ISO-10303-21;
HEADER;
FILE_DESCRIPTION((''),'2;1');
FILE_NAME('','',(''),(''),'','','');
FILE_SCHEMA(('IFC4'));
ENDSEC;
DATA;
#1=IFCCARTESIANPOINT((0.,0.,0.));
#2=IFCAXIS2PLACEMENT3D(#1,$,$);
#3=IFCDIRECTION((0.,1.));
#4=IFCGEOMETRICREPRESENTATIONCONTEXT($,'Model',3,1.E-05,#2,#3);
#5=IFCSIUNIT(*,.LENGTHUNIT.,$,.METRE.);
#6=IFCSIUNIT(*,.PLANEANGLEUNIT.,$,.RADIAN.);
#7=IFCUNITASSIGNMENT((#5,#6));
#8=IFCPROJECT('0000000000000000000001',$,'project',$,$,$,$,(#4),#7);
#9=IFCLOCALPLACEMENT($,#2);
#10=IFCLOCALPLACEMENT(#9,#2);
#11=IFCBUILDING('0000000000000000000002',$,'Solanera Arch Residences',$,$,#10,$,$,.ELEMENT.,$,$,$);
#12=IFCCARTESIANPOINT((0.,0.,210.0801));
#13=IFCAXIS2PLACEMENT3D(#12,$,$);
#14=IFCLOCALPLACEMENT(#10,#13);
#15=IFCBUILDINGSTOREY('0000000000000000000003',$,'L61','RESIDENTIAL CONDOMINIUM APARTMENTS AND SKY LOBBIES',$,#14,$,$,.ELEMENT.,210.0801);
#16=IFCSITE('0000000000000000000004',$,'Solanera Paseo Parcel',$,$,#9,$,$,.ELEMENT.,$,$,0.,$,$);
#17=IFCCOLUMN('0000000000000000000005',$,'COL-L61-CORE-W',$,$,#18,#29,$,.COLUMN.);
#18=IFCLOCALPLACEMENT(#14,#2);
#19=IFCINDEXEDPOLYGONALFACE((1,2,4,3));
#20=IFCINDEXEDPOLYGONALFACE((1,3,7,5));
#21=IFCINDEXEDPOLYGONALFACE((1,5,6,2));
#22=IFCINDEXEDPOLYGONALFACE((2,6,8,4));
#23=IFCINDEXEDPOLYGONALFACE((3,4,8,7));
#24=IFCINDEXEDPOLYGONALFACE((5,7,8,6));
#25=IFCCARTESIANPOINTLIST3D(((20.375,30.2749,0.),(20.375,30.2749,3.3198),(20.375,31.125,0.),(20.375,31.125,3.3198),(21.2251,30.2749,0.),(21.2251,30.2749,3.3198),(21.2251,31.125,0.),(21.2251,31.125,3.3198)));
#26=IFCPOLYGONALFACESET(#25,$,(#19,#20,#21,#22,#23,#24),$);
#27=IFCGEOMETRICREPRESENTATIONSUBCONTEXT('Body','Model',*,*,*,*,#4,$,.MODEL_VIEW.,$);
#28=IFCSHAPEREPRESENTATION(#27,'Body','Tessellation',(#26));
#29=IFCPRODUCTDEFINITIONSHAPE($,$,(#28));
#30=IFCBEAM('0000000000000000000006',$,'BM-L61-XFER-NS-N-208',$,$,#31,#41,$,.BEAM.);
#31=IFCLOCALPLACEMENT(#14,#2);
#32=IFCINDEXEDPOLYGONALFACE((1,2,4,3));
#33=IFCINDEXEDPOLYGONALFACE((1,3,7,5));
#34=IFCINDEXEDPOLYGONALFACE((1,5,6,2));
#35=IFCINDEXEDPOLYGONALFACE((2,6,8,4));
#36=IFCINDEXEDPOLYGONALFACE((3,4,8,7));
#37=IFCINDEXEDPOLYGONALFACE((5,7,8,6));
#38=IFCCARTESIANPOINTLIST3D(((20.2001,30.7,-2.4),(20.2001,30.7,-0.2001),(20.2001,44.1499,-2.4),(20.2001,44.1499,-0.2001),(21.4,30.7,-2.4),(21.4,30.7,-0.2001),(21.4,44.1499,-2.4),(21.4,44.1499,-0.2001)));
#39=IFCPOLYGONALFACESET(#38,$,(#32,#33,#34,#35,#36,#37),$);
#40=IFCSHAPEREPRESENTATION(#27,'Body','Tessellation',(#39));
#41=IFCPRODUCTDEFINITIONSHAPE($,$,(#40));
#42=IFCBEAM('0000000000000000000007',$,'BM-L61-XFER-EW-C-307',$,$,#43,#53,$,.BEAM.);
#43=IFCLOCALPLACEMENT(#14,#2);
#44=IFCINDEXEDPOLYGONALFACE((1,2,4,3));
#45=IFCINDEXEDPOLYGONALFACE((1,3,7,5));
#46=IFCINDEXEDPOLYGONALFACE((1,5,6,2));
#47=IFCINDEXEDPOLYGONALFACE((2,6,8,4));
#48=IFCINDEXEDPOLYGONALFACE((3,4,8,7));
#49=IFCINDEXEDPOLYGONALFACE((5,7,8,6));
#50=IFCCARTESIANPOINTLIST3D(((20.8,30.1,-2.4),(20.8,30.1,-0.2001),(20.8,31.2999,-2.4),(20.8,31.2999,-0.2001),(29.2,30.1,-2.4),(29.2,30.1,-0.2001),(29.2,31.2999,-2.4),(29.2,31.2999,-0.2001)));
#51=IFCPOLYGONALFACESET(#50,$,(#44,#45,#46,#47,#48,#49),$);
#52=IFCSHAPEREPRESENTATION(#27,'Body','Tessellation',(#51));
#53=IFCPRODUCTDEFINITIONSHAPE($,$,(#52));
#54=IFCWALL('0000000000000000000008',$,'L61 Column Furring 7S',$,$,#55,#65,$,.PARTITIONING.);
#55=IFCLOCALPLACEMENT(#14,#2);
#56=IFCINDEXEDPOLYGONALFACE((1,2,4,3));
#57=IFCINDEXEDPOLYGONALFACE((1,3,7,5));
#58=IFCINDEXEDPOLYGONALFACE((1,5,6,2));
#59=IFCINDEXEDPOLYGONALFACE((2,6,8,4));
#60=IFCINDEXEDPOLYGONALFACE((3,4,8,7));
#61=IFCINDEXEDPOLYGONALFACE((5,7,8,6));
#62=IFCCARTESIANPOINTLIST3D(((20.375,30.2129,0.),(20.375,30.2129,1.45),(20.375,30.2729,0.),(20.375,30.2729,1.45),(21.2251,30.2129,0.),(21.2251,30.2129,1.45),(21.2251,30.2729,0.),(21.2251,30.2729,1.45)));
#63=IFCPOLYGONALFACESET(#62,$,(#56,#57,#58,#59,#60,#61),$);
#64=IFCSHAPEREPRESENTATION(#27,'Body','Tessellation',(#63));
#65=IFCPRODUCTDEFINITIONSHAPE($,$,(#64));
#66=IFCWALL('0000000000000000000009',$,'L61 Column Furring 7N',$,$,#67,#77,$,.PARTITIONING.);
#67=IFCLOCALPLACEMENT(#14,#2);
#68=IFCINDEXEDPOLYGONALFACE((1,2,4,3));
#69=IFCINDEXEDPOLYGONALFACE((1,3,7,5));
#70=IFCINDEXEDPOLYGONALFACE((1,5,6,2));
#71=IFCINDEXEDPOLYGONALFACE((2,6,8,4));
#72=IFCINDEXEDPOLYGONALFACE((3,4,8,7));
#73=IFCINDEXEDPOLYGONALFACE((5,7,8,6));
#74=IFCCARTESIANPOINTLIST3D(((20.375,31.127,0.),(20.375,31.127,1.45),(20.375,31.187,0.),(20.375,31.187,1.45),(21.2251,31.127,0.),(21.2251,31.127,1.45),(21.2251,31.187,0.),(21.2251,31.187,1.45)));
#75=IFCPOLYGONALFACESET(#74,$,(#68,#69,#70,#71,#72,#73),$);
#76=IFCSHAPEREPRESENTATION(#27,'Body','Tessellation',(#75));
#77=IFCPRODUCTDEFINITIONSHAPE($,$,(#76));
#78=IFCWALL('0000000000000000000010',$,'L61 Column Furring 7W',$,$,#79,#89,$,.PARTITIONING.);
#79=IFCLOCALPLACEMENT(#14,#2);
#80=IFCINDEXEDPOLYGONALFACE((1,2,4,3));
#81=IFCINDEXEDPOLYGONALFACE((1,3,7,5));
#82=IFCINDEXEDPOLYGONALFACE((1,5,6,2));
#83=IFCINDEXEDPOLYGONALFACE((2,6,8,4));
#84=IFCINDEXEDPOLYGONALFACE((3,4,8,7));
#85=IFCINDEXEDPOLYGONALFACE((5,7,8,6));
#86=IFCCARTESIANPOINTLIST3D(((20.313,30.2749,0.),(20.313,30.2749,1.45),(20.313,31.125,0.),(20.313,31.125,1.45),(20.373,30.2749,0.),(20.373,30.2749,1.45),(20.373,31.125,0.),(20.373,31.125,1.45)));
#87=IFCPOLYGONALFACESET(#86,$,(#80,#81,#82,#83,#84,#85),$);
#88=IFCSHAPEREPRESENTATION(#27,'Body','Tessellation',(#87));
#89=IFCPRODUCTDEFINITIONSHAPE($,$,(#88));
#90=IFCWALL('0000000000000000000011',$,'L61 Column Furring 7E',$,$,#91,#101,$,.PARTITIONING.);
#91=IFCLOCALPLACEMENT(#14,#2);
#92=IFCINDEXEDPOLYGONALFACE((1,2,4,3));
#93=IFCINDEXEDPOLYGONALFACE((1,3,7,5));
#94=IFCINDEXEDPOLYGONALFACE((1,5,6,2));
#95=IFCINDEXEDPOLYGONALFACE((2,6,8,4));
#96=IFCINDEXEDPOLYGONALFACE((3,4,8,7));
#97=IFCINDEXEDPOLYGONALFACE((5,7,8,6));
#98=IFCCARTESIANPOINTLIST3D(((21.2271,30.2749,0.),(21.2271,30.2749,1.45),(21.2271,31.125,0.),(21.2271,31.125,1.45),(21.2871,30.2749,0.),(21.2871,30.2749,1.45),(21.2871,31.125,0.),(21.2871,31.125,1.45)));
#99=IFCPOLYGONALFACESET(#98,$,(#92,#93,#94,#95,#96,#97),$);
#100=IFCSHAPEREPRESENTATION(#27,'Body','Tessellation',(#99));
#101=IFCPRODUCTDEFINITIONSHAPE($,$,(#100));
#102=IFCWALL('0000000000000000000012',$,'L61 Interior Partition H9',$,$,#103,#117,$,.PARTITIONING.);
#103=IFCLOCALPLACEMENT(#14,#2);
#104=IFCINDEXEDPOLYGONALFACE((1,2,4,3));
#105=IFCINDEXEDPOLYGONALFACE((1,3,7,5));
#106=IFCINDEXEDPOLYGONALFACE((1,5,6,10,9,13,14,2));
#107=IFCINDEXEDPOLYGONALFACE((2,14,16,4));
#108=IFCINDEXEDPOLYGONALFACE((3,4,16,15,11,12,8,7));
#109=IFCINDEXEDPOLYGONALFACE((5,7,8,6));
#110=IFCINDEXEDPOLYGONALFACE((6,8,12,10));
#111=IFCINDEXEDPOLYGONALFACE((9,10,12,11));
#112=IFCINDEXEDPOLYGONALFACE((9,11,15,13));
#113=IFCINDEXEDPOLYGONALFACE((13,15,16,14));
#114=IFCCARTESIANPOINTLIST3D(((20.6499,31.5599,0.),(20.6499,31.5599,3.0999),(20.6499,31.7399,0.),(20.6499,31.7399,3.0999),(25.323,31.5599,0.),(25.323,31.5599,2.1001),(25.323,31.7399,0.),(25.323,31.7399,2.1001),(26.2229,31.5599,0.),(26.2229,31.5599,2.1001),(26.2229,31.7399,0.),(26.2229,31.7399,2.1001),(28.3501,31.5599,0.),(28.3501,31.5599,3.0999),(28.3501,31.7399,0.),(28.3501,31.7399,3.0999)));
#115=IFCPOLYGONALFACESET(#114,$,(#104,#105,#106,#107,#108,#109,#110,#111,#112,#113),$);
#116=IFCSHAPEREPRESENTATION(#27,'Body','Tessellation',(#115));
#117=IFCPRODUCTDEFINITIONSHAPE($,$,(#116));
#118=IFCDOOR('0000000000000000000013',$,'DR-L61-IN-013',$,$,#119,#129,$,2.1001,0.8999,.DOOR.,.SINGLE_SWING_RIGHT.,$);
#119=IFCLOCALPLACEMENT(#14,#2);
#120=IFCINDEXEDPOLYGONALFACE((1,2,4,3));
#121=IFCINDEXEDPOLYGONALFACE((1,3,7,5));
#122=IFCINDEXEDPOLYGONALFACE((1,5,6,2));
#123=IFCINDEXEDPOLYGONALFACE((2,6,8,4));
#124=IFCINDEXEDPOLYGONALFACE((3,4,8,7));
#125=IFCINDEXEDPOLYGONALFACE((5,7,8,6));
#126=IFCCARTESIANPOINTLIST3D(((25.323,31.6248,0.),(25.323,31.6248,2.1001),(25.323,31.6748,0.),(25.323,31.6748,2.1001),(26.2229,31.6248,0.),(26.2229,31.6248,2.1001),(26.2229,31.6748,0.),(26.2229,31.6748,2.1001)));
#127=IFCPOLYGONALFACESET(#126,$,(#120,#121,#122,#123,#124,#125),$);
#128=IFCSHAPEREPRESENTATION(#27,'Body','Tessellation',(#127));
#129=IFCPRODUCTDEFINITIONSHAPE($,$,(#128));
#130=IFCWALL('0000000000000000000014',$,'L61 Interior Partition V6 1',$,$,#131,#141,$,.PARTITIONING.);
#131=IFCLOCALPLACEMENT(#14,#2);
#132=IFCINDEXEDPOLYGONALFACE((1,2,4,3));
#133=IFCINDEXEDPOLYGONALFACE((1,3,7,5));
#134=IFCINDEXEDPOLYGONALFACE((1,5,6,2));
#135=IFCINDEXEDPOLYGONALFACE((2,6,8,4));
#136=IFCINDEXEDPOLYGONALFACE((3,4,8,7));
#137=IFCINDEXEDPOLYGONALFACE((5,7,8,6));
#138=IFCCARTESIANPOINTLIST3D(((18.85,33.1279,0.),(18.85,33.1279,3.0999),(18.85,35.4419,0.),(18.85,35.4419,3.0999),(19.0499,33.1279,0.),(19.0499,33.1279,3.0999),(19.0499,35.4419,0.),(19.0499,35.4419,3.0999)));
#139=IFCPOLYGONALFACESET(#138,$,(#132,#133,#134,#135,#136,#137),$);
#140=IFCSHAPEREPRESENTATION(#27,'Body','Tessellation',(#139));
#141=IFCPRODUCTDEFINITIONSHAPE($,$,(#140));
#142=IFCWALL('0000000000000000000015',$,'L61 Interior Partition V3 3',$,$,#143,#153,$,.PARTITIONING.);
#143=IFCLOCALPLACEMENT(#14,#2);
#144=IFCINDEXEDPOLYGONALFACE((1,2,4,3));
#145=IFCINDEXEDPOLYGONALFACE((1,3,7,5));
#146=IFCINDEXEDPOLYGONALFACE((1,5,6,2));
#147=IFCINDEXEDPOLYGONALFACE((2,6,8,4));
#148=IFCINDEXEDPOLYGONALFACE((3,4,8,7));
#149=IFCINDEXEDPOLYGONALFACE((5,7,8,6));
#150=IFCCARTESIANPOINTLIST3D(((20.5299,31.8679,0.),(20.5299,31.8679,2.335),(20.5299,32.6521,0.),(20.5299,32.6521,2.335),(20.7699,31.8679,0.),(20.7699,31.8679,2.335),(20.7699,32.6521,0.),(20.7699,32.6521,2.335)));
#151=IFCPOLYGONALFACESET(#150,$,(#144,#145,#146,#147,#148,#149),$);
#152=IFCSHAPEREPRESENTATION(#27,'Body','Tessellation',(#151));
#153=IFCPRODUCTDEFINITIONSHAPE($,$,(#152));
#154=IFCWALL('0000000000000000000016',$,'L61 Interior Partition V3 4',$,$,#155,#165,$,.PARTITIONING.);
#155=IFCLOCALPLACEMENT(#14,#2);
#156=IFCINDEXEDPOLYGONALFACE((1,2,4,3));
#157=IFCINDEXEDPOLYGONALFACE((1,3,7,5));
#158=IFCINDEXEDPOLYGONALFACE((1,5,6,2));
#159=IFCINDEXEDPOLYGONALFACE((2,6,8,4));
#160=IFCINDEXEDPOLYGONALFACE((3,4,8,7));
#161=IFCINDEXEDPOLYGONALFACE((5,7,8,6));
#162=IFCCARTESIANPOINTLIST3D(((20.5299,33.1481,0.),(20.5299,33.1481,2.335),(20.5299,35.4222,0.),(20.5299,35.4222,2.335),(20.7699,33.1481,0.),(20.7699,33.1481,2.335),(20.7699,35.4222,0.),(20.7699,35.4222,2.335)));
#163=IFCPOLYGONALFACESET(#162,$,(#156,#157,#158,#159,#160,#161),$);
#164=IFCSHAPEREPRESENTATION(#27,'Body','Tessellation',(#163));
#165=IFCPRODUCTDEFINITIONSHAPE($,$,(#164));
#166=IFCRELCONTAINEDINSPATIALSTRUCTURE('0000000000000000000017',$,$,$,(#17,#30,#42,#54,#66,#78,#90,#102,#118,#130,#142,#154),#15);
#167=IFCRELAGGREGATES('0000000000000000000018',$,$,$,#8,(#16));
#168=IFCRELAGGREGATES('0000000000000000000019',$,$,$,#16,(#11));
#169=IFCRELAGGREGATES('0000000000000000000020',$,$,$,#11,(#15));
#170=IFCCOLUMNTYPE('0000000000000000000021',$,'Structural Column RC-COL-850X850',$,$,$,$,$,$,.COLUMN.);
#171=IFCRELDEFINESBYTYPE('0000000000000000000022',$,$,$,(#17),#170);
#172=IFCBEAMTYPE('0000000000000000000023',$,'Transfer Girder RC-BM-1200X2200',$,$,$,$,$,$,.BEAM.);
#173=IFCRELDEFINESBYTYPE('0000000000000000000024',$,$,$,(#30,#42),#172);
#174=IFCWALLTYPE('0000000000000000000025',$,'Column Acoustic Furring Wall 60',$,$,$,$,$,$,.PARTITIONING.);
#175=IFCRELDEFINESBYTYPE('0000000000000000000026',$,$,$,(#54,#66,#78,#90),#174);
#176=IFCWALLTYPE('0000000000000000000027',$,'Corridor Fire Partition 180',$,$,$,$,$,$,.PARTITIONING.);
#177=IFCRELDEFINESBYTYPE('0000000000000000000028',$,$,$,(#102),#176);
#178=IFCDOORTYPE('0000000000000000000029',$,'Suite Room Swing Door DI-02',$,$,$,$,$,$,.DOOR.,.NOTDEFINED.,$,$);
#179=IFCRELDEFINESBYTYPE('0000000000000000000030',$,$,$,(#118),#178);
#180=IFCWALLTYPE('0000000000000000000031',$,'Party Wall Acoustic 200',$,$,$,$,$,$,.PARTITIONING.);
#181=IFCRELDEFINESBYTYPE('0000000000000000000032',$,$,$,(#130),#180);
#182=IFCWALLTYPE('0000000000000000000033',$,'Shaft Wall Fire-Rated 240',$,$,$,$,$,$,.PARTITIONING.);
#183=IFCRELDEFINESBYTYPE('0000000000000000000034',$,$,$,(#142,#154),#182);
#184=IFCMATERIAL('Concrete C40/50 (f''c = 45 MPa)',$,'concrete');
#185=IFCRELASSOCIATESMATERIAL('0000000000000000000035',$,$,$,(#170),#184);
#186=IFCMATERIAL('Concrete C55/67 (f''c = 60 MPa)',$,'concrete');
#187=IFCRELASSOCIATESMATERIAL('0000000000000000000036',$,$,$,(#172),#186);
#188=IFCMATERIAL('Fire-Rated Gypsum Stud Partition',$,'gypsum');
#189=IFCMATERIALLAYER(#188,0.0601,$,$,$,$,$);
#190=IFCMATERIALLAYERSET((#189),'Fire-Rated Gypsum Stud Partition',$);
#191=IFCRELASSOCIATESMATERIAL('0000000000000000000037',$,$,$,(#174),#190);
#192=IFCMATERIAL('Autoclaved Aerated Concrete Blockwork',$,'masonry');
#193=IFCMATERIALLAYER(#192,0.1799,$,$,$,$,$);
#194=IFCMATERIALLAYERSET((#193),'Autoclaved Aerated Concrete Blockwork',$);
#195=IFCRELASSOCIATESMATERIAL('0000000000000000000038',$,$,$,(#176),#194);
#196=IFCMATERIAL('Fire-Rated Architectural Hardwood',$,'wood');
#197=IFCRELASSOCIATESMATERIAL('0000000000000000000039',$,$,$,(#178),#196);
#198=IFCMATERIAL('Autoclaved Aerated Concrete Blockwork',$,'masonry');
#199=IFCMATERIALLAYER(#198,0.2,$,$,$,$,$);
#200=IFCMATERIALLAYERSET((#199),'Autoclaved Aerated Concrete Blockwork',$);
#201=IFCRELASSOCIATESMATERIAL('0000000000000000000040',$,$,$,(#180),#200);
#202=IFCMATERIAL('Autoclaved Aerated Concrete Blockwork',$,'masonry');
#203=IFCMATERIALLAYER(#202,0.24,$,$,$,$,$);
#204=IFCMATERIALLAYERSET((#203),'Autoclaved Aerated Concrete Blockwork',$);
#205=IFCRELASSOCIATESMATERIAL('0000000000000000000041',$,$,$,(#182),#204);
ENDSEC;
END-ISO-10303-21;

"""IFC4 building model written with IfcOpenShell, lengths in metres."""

from ifc_helpers import new_model, si_unit, direction, frame, frame_2d, origin, origin_2d, place, context, subcontext, project, spatial, rectangle, extrude, material, layer, layer_set, material_profile, profile_set, type_object, element, fill, save


model = new_model("IFC4")

# Units and contexts
model_context = context("Model", 3, precision=1e-05, world=origin(), true_north=direction((0.0, 1.0)))
body_context = subcontext(model_context, "Body", "Model", "MODEL_VIEW")
ifc_project = project(units=[si_unit("LENGTHUNIT", "METRE"), si_unit("PLANEANGLEUNIT", "RADIAN")], contexts=[model_context])

# Site, building, storey
site_placement = place(None, origin())
site = spatial("IfcSite", under=ifc_project, at=site_placement, Name="Solanera Paseo Parcel", CompositionType="ELEMENT", RefElevation=0.0)
building_placement = place(site_placement, origin())
building = spatial("IfcBuilding", under=site, at=building_placement, Name="Solanera Arch Residences", CompositionType="ELEMENT")
storey_placement = place(building_placement, frame((0.0, 0.0, 210.0801)))
storey = spatial("IfcBuildingStorey", under=building, at=storey_placement, Name="L61", Description="RESIDENTIAL CONDOMINIUM APARTMENTS AND SKY LOBBIES", CompositionType="ELEMENT", Elevation=210.0801)

# Column
ifc_material_1 = material(Name="Concrete C40/50 (f'c = 45 MPa)", Category="concrete")
ifc_material_profile_1 = material_profile(ifc_material_1, rectangle(XDim=0.8501, YDim=0.8501, at=origin_2d()))
ifc_profile_set_1 = profile_set([ifc_material_profile_1], Name="Concrete C40/50 (f'c = 45 MPa)")
column_type = type_object("IfcColumnType", Name="Structural Column RC-COL-850X850", PredefinedType="COLUMN", material=ifc_profile_set_1)
column_placement = place(storey_placement, frame((20.8, 30.7, 0.0), z_axis=(0.0, 0.0, 1.0), x_axis=(1.0, 0.0, 0.0)))
element("IfcColumn", 1, at=column_placement, inside=storey, type_object=column_type, Name="COL-L61-CORE-W", PredefinedType="COLUMN", context=body_context, shape_type="SweptSolid", body=[
    extrude(rectangle(XDim=0.8501, YDim=0.8501, at=origin_2d()), origin(), (0.0, 0.0, 1.0), 3.3198),
])

# Beams
ifc_material_2 = material(Name="Concrete C55/67 (f'c = 60 MPa)", Category="concrete")
ifc_material_profile_2 = material_profile(ifc_material_2, rectangle(XDim=1.2, YDim=2.2, at=origin_2d()))
ifc_profile_set_2 = profile_set([ifc_material_profile_2], Name="Concrete C55/67 (f'c = 60 MPa)")
beam_type = type_object("IfcBeamType", Name="Transfer Girder RC-BM-1200X2200", PredefinedType="BEAM", material=ifc_profile_set_2)
beam_1_placement = place(storey_placement, frame((20.8, 30.7, -1.3), z_axis=(0.0, 1.0, 0.0), x_axis=(-1.0, 0.0, 0.0)))
element("IfcBeam", 2, at=beam_1_placement, inside=storey, type_object=beam_type, Name="BM-L61-XFER-NS-N-208", PredefinedType="BEAM", context=body_context, shape_type="SweptSolid", body=[
    extrude(rectangle(XDim=1.2, YDim=2.2, at=origin_2d()), origin(), (0.0, 0.0, 1.0), 13.45),
])
beam_2_placement = place(storey_placement, frame((20.8, 30.7, -1.3), z_axis=(1.0, 0.0, 0.0), x_axis=(0.0, 1.0, 0.0)))
element("IfcBeam", 3, at=beam_2_placement, inside=storey, type_object=beam_type, Name="BM-L61-XFER-EW-C-307", PredefinedType="BEAM", context=body_context, shape_type="SweptSolid", body=[
    extrude(rectangle(XDim=1.2, YDim=2.2, at=origin_2d()), origin(), (0.0, 0.0, 1.0), 8.3999),
])

# Walls
ifc_material_3 = material(Name="Fire-Rated Gypsum Stud Partition", Category="gypsum")
ifc_layer_1 = layer(ifc_material_3, 0.0601)
ifc_layer_set_1 = layer_set([ifc_layer_1], Name="Fire-Rated Gypsum Stud Partition")
wall_type_1 = type_object("IfcWallType", Name="Column Acoustic Furring Wall 60", PredefinedType="PARTITIONING", material=ifc_layer_set_1)
for number, where, z_axis, x_axis, name in (
    (4, (20.375, 30.2429, 0.0), (0.0, 0.0, 1.0), (1.0, 0.0, 0.0), "L61 Column Furring 7S"),
    (5, (20.375, 31.157, 0.0), (0.0, 0.0, 1.0), (1.0, 0.0, 0.0), "L61 Column Furring 7N"),
    (6, (20.343, 30.2749, 0.0), (0.0, 0.0, 1.0), (0.0, 1.0, 0.0), "L61 Column Furring 7W"),
    (7, (21.2571, 30.2749, 0.0), (0.0, 0.0, 1.0), (0.0, 1.0, 0.0), "L61 Column Furring 7E"),
):
    element("IfcWall", number, at=place(storey_placement, frame(where, z_axis=z_axis, x_axis=x_axis)), inside=storey, type_object=wall_type_1, Name=name, PredefinedType="PARTITIONING", context=body_context, shape_type="SweptSolid", body=[
        extrude(rectangle(XDim=0.8501, YDim=0.0601, at=frame_2d((0.425, 0.0))), origin(), (0.0, 0.0, 1.0), 1.45),
    ])

# Wall, opening, door
ifc_material_4 = material(Name="Autoclaved Aerated Concrete Blockwork", Category="masonry")
ifc_layer_2 = layer(ifc_material_4, 0.1799)
ifc_layer_set_2 = layer_set([ifc_layer_2], Name="Autoclaved Aerated Concrete Blockwork")
wall_type_2 = type_object("IfcWallType", Name="Corridor Fire Partition 180", PredefinedType="PARTITIONING", material=ifc_layer_set_2)
wall_1_placement = place(storey_placement, frame((20.6499, 31.6499, 0.0), z_axis=(0.0, 0.0, 1.0), x_axis=(1.0, 0.0, 0.0)))
wall_1 = element("IfcWall", 8, at=wall_1_placement, inside=storey, type_object=wall_type_2, Name="L61 Interior Partition H9", PredefinedType="PARTITIONING", context=body_context, shape_type="SweptSolid", body=[
    extrude(rectangle(XDim=7.7002, YDim=0.1799, at=frame_2d((3.8501, 0.0))), origin(), (0.0, 0.0, 1.0), 3.0999),
])
opening_1_placement = place(wall_1_placement, frame((4.6731, 0.0, 0.0)))
opening_1 = element("IfcOpeningElement", 9, at=opening_1_placement, cuts=wall_1, PredefinedType="OPENING", context=body_context, shape_type="SweptSolid", body=[
    extrude(rectangle(XDim=0.8999, YDim=2.1001, at=frame_2d((0.45, 1.05))), frame((0.0, 0.1001, 0.0), z_axis=(0.0, -1.0, 0.0), x_axis=(1.0, 0.0, 0.0)), (0.0, 0.0, 1.0), 0.1999),
])
ifc_material_5 = material(Name="Fire-Rated Architectural Hardwood", Category="wood")
door_type_1 = type_object("IfcDoorType", Name="Suite Room Swing Door DI-02", OperationType="NOTDEFINED", PredefinedType="DOOR", material=ifc_material_5)
door_1_placement = place(opening_1_placement, origin())
door_1 = element("IfcDoor", 10, at=door_1_placement, inside=storey, type_object=door_type_1, Name="DR-L61-IN-013", OperationType="SINGLE_SWING_RIGHT", OverallHeight=2.1001, OverallWidth=0.8999, PredefinedType="DOOR", context=body_context, shape_type="SweptSolid", body=[
    extrude(rectangle(XDim=0.8999, YDim=2.1001, at=frame_2d((0.45, 1.05))), frame((0.0, 0.0249, 0.0), z_axis=(0.0, -1.0, 0.0), x_axis=(1.0, 0.0, 0.0)), (0.0, 0.0, 1.0), 0.05),
])
fill(opening_1, door_1)

# Wall
ifc_material_6 = material(Name="Autoclaved Aerated Concrete Blockwork", Category="masonry")
ifc_layer_3 = layer(ifc_material_6, 0.2)
ifc_layer_set_3 = layer_set([ifc_layer_3], Name="Autoclaved Aerated Concrete Blockwork")
wall_type_3 = type_object("IfcWallType", Name="Party Wall Acoustic 200", PredefinedType="PARTITIONING", material=ifc_layer_set_3)
wall_2_placement = place(storey_placement, frame((18.95, 33.1279, 0.0), z_axis=(0.0, 0.0, 1.0), x_axis=(0.0, 1.0, 0.0)))
element("IfcWall", 11, at=wall_2_placement, inside=storey, type_object=wall_type_3, Name="L61 Interior Partition V6 1", PredefinedType="PARTITIONING", context=body_context, shape_type="SweptSolid", body=[
    extrude(rectangle(XDim=2.314, YDim=0.2, at=frame_2d((1.157, 0.0))), origin(), (0.0, 0.0, 1.0), 3.0999),
])

# Shared definitions
ifc_material_7 = material(Name="Autoclaved Aerated Concrete Blockwork", Category="masonry")
ifc_layer_4 = layer(ifc_material_7, 0.24)
ifc_layer_set_4 = layer_set([ifc_layer_4], Name="Autoclaved Aerated Concrete Blockwork")
wall_type_4 = type_object("IfcWallType", Name="Shaft Wall Fire-Rated 240", PredefinedType="PARTITIONING", material=ifc_layer_set_4)

# Walls
wall_3_placement = place(storey_placement, frame((20.6499, 31.8679, 0.0), z_axis=(0.0, 0.0, 1.0), x_axis=(0.0, 1.0, 0.0)))
element("IfcWall", 12, at=wall_3_placement, inside=storey, type_object=wall_type_4, Name="L61 Interior Partition V3 3", PredefinedType="PARTITIONING", context=body_context, shape_type="SweptSolid", body=[
    extrude(rectangle(XDim=0.7842, YDim=0.24, at=frame_2d((0.3921, 0.0))), origin(), (0.0, 0.0, 1.0), 2.335),
])
wall_4_placement = place(storey_placement, frame((20.6499, 33.1479, 0.0), z_axis=(0.0, 0.0, 1.0), x_axis=(0.0, 1.0, 0.0)))
element("IfcWall", 13, at=wall_4_placement, inside=storey, type_object=wall_type_4, Name="L61 Interior Partition V3 4", PredefinedType="PARTITIONING", context=body_context, shape_type="SweptSolid", body=[
    extrude(rectangle(XDim=2.2742, YDim=0.24, at=frame_2d((1.1372, 0.0))), origin(), (0.0, 0.0, 1.0), 2.335),
])

save(model, "model.ifc")
